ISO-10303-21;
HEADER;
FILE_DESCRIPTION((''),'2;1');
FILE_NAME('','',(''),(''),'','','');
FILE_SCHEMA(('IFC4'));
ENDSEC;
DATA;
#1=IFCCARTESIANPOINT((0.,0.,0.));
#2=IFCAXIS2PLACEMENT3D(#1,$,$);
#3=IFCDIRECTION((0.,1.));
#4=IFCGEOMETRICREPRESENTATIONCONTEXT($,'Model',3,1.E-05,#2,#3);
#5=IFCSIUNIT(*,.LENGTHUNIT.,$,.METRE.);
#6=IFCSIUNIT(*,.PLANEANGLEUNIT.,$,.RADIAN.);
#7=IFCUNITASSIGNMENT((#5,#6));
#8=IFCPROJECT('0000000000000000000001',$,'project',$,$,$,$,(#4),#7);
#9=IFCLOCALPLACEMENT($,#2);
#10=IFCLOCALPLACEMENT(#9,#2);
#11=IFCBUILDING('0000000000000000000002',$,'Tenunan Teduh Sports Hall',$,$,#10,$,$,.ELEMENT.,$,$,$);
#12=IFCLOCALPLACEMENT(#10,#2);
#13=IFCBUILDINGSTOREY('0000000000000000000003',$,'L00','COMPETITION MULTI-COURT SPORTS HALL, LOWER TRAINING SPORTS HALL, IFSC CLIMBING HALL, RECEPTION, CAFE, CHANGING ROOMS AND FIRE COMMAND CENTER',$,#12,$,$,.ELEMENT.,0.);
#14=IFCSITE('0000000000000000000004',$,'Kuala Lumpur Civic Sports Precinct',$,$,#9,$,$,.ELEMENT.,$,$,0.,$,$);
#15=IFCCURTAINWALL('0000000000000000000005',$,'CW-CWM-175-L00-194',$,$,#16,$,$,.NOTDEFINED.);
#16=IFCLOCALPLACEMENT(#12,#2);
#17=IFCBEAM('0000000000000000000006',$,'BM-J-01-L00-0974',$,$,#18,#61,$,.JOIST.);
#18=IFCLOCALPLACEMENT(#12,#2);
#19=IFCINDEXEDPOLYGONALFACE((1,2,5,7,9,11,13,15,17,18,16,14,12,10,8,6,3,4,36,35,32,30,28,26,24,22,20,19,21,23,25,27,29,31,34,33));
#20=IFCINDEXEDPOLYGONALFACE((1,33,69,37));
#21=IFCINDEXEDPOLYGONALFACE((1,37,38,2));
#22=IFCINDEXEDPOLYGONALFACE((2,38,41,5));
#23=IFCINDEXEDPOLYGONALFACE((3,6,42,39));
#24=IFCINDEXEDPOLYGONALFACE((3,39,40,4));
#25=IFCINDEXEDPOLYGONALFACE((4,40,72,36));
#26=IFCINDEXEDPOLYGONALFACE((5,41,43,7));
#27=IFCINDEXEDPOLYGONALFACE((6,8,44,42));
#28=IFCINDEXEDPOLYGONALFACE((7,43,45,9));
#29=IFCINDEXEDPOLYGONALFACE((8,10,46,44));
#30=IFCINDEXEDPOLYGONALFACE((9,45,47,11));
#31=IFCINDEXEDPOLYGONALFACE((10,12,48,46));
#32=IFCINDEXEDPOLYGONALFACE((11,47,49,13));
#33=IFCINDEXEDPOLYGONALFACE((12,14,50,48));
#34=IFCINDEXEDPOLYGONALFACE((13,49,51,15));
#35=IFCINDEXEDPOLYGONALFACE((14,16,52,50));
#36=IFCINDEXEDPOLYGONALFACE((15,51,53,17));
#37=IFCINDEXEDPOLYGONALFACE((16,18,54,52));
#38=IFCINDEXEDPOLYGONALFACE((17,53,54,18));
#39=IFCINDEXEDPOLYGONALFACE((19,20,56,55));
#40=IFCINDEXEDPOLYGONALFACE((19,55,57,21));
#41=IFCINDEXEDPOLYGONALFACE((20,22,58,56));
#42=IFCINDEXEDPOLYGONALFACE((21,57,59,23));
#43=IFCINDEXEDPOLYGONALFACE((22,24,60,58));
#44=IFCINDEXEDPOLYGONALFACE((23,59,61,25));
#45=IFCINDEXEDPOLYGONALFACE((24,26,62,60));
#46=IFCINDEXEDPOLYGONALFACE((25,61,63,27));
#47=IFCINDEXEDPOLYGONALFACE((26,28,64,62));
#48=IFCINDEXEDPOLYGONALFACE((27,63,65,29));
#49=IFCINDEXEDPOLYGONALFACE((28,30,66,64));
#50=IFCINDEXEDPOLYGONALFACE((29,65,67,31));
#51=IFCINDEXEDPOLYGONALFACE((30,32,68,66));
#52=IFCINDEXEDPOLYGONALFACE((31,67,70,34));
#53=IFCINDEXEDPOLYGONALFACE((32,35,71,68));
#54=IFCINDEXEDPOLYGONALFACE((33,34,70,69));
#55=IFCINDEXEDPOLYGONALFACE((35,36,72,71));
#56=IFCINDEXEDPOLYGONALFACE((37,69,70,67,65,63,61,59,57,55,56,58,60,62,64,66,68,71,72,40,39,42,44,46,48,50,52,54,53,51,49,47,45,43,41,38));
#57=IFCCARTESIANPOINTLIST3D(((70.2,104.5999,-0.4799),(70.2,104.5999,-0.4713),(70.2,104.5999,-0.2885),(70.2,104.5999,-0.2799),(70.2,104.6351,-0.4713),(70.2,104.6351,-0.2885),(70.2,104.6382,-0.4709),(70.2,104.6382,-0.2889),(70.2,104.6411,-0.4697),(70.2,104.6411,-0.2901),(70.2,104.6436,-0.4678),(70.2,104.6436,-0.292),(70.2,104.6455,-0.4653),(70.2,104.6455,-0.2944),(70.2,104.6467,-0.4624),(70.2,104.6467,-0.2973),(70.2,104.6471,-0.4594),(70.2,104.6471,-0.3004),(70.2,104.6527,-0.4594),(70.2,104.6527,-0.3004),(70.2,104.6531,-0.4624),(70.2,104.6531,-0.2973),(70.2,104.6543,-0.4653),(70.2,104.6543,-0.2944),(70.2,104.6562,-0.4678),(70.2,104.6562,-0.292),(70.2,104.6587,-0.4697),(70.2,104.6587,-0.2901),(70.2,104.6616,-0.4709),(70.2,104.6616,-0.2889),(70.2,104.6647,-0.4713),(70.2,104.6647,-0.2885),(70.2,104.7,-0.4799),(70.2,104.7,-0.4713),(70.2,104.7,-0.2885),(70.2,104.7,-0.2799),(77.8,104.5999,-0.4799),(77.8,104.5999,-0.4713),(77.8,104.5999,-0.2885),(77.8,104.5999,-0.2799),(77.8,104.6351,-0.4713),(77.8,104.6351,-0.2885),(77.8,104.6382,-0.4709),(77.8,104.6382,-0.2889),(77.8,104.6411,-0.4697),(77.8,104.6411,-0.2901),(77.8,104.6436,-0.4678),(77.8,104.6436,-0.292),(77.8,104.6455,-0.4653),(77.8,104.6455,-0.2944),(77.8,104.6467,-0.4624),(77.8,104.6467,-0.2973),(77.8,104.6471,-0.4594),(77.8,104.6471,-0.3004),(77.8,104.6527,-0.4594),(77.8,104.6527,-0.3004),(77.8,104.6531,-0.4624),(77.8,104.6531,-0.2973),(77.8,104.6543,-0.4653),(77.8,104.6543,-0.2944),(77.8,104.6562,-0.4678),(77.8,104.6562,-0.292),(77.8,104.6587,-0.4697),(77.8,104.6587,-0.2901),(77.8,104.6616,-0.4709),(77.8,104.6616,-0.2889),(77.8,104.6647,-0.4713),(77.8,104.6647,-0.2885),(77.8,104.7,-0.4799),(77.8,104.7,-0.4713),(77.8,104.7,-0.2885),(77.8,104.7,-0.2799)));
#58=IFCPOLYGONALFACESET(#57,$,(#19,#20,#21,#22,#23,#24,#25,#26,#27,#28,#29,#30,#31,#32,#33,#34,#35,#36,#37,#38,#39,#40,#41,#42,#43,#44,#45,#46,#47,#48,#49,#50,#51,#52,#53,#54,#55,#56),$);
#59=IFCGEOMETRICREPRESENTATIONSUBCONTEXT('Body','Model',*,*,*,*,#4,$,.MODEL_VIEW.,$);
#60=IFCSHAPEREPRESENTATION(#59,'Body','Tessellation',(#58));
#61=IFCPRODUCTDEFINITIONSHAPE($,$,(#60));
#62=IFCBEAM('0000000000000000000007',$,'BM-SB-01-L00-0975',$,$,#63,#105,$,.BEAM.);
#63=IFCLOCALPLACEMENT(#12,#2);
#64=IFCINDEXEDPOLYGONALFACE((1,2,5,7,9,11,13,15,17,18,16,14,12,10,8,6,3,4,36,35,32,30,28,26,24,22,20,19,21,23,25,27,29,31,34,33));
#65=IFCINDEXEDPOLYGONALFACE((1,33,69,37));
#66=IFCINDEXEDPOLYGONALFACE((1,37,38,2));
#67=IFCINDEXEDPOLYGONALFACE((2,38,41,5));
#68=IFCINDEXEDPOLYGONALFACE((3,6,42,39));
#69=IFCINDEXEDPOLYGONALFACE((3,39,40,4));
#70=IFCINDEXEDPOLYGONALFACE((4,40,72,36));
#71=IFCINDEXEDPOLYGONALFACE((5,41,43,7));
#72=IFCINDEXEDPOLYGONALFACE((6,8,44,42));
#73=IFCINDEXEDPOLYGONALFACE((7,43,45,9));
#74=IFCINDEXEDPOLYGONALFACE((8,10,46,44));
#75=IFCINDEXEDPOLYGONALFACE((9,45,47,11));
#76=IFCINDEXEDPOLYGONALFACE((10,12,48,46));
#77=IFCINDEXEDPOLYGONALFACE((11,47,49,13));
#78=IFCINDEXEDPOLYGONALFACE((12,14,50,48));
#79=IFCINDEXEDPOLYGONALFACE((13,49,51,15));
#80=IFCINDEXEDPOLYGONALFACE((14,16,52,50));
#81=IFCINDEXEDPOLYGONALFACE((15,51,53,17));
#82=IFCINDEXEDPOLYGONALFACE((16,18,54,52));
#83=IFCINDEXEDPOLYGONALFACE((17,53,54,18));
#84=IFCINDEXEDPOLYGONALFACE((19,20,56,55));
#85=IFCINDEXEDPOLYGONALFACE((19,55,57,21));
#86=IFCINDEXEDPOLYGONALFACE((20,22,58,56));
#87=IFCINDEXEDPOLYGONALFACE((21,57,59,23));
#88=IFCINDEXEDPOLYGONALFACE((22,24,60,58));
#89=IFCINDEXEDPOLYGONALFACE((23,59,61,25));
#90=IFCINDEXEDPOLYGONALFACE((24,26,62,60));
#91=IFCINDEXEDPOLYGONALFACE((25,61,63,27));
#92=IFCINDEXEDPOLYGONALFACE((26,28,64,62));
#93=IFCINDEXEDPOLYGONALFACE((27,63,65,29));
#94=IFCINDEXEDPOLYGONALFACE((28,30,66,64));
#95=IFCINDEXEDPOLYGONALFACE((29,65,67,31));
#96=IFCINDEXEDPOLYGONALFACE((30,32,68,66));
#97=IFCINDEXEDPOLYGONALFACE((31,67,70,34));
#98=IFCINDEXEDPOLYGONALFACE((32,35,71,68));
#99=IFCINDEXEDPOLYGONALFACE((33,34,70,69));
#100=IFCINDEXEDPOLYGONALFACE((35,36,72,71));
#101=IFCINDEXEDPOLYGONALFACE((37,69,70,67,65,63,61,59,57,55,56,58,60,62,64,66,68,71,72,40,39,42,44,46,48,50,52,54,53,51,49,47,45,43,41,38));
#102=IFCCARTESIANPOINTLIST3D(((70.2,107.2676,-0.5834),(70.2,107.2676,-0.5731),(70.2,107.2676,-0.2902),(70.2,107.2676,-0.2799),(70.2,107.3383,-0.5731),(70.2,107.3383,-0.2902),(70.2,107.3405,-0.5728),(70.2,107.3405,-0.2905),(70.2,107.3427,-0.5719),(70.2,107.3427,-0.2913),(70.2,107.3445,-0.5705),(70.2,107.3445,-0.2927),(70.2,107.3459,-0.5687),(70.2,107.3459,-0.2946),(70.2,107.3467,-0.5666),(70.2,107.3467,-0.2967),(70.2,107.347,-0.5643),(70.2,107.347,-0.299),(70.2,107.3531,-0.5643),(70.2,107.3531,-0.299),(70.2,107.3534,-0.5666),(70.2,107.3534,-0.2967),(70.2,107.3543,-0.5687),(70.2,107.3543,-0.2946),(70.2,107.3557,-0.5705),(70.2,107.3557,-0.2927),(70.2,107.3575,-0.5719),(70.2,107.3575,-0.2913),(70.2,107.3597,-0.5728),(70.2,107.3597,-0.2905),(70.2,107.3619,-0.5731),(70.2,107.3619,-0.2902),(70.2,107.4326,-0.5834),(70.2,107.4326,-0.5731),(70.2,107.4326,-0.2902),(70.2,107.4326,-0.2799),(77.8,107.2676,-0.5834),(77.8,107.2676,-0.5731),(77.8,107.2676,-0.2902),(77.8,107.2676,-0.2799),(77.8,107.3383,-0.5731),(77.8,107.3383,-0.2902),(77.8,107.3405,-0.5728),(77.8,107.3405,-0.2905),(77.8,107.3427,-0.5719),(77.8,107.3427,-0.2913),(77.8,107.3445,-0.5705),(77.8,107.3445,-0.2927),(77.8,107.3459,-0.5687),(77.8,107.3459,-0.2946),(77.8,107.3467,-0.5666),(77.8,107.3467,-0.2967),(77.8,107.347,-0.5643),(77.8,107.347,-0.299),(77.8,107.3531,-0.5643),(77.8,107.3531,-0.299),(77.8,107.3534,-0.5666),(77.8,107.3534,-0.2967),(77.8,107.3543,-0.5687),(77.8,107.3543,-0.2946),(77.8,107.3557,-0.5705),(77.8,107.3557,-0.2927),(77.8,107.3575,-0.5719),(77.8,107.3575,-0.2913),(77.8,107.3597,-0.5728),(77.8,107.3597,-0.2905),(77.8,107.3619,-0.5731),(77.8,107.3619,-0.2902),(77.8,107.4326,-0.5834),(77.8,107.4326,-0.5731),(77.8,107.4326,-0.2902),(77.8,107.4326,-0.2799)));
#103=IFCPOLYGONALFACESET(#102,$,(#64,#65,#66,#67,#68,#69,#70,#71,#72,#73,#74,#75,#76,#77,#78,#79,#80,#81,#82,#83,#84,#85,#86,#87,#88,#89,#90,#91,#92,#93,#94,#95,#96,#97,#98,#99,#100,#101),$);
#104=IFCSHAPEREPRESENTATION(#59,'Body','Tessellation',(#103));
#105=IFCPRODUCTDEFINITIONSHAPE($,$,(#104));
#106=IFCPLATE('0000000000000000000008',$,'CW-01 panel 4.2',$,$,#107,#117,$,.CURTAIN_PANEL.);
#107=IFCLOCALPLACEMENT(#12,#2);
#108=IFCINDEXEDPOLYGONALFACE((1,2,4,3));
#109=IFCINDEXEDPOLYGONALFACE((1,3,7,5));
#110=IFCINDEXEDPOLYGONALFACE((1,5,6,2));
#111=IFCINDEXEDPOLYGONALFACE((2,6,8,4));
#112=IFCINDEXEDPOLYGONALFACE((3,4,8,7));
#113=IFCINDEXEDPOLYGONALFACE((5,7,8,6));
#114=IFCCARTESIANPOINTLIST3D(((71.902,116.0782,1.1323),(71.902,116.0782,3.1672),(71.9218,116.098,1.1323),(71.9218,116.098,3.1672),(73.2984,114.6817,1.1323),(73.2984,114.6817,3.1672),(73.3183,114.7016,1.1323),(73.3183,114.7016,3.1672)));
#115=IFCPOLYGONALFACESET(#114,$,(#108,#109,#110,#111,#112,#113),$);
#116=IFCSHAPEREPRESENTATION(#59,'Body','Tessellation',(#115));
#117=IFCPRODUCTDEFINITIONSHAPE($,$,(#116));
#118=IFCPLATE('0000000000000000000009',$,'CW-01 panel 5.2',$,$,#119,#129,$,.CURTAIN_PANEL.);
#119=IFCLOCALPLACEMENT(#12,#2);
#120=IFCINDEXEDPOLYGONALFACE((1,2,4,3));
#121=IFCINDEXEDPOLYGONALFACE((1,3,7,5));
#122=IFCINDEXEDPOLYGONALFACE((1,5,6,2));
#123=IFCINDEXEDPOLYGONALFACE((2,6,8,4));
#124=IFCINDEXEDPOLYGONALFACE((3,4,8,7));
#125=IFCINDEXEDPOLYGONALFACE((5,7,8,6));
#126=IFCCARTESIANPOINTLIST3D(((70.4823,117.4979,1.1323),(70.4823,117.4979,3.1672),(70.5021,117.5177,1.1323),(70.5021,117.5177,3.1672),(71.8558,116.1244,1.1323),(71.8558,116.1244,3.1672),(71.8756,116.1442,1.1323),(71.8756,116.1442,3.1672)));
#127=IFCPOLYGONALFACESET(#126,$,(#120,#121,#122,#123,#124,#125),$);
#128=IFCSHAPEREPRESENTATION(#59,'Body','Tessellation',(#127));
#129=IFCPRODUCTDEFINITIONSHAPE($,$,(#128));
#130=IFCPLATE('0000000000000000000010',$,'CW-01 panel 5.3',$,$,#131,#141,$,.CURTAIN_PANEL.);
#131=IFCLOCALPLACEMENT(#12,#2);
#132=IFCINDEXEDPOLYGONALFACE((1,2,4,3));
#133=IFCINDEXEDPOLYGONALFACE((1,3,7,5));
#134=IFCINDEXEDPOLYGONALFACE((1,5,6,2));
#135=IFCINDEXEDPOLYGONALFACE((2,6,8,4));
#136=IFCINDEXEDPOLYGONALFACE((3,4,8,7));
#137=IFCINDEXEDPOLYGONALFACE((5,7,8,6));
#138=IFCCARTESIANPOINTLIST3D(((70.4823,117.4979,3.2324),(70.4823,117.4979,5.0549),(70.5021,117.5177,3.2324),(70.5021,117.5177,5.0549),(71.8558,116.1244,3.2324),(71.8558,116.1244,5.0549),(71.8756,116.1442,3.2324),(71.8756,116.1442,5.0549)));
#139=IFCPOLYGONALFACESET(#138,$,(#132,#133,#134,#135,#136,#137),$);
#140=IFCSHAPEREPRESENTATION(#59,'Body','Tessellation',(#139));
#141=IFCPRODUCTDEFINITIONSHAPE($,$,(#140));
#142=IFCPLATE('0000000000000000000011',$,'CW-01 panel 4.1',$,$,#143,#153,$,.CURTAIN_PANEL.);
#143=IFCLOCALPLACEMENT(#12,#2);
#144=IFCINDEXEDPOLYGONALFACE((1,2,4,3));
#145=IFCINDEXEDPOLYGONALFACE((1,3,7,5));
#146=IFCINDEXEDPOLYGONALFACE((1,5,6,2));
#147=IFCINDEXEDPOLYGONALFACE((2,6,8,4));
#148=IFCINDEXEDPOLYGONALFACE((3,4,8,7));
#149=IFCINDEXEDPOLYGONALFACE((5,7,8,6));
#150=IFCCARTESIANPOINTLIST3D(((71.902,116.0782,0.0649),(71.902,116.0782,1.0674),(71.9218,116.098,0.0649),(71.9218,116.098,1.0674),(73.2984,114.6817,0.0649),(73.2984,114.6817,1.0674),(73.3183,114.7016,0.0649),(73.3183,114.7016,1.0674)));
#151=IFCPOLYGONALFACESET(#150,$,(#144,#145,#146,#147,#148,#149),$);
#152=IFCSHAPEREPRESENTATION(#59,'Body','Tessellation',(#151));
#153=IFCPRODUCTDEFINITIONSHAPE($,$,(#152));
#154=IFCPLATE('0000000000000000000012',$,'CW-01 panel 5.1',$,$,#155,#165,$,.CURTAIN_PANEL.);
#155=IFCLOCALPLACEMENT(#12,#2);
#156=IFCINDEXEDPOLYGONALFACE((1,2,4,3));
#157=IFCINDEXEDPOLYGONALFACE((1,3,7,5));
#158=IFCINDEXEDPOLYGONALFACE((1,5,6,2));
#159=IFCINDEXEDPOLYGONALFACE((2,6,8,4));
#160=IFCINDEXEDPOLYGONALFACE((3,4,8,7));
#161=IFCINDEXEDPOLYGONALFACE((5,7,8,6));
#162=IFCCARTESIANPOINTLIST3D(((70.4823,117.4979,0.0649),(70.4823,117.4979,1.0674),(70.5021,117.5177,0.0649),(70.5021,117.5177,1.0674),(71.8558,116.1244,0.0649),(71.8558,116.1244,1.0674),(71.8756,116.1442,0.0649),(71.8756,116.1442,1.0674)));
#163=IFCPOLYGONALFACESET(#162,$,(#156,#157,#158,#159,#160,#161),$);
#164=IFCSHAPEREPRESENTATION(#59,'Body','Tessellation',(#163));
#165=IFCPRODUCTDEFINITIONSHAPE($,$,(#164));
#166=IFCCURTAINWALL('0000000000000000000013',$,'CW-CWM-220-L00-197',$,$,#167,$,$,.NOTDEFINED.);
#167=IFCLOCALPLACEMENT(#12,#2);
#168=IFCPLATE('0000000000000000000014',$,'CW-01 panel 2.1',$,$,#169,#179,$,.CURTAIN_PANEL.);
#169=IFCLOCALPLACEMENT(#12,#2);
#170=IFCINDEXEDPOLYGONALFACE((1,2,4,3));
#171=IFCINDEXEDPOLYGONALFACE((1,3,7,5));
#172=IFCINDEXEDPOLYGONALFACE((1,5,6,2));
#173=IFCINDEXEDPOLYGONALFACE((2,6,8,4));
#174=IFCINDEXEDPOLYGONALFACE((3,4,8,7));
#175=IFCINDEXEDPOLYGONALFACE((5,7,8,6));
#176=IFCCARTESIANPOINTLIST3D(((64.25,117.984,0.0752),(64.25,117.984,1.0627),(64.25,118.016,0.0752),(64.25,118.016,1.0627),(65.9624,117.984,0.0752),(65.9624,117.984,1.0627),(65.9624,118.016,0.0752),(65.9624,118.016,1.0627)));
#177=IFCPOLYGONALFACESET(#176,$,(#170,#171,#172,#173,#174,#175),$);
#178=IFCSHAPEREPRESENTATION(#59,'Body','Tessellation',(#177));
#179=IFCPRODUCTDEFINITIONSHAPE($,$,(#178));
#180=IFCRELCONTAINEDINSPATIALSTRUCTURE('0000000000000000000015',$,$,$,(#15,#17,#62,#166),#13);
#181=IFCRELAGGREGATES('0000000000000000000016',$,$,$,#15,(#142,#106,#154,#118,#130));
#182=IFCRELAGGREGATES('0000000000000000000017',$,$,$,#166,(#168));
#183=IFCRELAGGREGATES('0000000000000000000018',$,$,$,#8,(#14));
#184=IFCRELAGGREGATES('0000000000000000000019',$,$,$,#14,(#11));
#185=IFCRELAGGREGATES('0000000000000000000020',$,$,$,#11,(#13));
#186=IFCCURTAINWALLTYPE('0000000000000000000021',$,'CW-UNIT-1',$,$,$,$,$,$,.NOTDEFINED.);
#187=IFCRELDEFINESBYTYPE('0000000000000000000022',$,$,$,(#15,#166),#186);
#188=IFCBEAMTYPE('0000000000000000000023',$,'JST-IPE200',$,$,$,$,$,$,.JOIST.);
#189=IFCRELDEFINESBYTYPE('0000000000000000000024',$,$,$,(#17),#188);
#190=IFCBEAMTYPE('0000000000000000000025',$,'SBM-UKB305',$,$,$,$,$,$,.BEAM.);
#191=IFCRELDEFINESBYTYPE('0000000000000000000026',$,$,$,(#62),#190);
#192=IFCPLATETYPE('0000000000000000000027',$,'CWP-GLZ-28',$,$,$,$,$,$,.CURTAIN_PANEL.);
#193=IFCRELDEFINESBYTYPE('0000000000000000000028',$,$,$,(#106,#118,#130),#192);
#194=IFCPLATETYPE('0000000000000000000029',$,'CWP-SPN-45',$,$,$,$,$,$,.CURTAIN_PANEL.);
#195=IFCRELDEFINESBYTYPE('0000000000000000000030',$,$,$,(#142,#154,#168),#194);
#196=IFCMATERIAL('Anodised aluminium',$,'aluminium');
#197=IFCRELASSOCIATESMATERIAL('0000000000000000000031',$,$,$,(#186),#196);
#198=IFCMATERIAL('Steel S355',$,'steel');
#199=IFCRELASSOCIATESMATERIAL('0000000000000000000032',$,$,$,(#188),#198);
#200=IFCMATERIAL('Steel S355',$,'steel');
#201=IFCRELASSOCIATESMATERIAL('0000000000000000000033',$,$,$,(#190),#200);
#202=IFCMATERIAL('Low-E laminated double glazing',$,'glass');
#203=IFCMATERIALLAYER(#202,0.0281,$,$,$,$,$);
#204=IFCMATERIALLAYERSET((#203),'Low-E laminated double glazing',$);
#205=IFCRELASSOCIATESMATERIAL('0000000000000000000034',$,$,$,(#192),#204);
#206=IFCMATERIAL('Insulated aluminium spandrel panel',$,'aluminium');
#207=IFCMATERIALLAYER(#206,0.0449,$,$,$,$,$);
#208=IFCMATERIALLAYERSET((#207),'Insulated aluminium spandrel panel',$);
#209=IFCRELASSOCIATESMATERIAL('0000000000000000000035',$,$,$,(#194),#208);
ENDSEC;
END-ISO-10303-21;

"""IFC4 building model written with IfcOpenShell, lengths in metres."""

from ifc_helpers import new_model, si_unit, direction, frame, origin, origin_2d, place, context, subcontext, project, spatial, rectangle, i_section, extrude, material, layer, layer_set, material_profile, profile_set, type_object, element, aggregate, save


model = new_model("IFC4")

# Units and contexts
model_context = context("Model", 3, precision=1e-05, world=origin(), true_north=direction((0.0, 1.0)))
body_context = subcontext(model_context, "Body", "Model", "MODEL_VIEW")
ifc_project = project(units=[si_unit("LENGTHUNIT", "METRE"), si_unit("PLANEANGLEUNIT", "RADIAN")], contexts=[model_context])

# Site, building, storey
site_placement = place(None, origin())
site = spatial("IfcSite", under=ifc_project, at=site_placement, Name="Kuala Lumpur Civic Sports Precinct", CompositionType="ELEMENT", RefElevation=0.0)
building_placement = place(site_placement, origin())
building = spatial("IfcBuilding", under=site, at=building_placement, Name="Tenunan Teduh Sports Hall", CompositionType="ELEMENT")
storey_placement = place(building_placement, origin())
storey = spatial("IfcBuildingStorey", under=building, at=storey_placement, Name="L00", Description="COMPETITION MULTI-COURT SPORTS HALL, LOWER TRAINING SPORTS HALL, IFSC CLIMBING HALL, RECEPTION, CAFE, CHANGING ROOMS AND FIRE COMMAND CENTER", CompositionType="ELEMENT", Elevation=0.0)

# Curtain wall
ifc_material_1 = material(Name="Anodised aluminium", Category="aluminium")
curtain_wall_type = type_object("IfcCurtainWallType", Name="CW-UNIT-1", PredefinedType="NOTDEFINED", material=ifc_material_1)
curtain_wall_1_placement = place(storey_placement, origin())
curtain_wall_1 = element("IfcCurtainWall", 1, at=curtain_wall_1_placement, inside=storey, type_object=curtain_wall_type, Name="CW-CWM-175-L00-194", PredefinedType="NOTDEFINED")

# Beams
ifc_material_2 = material(Name="Steel S355", Category="steel")
ifc_material_profile_1 = material_profile(ifc_material_2, i_section(OverallWidth=0.1001, OverallDepth=0.2, WebThickness=0.0056, FlangeThickness=0.0085, FilletRadius=0.012, at=origin_2d()), Name="IPE 200")
ifc_profile_set_1 = profile_set([ifc_material_profile_1], Name="Steel S355")
beam_type_1 = type_object("IfcBeamType", Name="JST-IPE200", PredefinedType="JOIST", material=ifc_profile_set_1)
beam_1_placement = place(storey_placement, frame((70.2, 104.6499, -0.3799), z_axis=(1.0, 0.0, 0.0), x_axis=(0.0, 1.0, 0.0)))
element("IfcBeam", 2, at=beam_1_placement, inside=storey, type_object=beam_type_1, Name="BM-J-01-L00-0974", PredefinedType="JOIST", context=body_context, shape_type="SweptSolid", body=[
    extrude(i_section(OverallWidth=0.1001, OverallDepth=0.2, WebThickness=0.0056, FlangeThickness=0.0085, FilletRadius=0.012, at=origin_2d()), origin(), (0.0, 0.0, 1.0), 7.6001),
])
ifc_material_3 = material(Name="Steel S355", Category="steel")
ifc_material_profile_2 = material_profile(ifc_material_3, i_section(OverallWidth=0.165, OverallDepth=0.3035, WebThickness=0.0061, FlangeThickness=0.0103, FilletRadius=0.0088, at=origin_2d()), Name="UKB 305x165x40")
ifc_profile_set_2 = profile_set([ifc_material_profile_2], Name="Steel S355")
beam_type_2 = type_object("IfcBeamType", Name="SBM-UKB305", PredefinedType="BEAM", material=ifc_profile_set_2)
beam_2_placement = place(storey_placement, frame((70.2, 107.3501, -0.4316), z_axis=(1.0, 0.0, 0.0), x_axis=(0.0, 1.0, 0.0)))
element("IfcBeam", 3, at=beam_2_placement, inside=storey, type_object=beam_type_2, Name="BM-SB-01-L00-0975", PredefinedType="BEAM", context=body_context, shape_type="SweptSolid", body=[
    extrude(i_section(OverallWidth=0.165, OverallDepth=0.3035, WebThickness=0.0061, FlangeThickness=0.0103, FilletRadius=0.0088, at=origin_2d()), origin(), (0.0, 0.0, 1.0), 7.6001),
])

# Plates
ifc_material_4 = material(Name="Low-E laminated double glazing", Category="glass")
ifc_layer_1 = layer(ifc_material_4, 0.0281)
ifc_layer_set_1 = layer_set([ifc_layer_1], Name="Low-E laminated double glazing")
plate_type_1 = type_object("IfcPlateType", Name="CWP-GLZ-28", PredefinedType="CURTAIN_PANEL", material=ifc_layer_set_1)
plate_1_placement = place(storey_placement, frame((72.6101, 115.3899, 1.1323), z_axis=(0.0, 0.0, 1.0), x_axis=(-0.707107, 0.707107, 0.0)))
plate_1 = element("IfcPlate", 4, at=plate_1_placement, type_object=plate_type_1, Name="CW-01 panel 4.2", PredefinedType="CURTAIN_PANEL", context=body_context, shape_type="SweptSolid", body=[
    extrude(rectangle(XDim=1.9749, YDim=0.0281, at=origin_2d()), origin(), (0.0, 0.0, 1.0), 2.0349),
])
plate_2_placement = place(storey_placement, frame((71.179, 116.821, 1.1323), z_axis=(0.0, 0.0, 1.0), x_axis=(-0.707107, 0.707107, 0.0)))
plate_2 = element("IfcPlate", 5, at=plate_2_placement, type_object=plate_type_1, Name="CW-01 panel 5.2", PredefinedType="CURTAIN_PANEL", context=body_context, shape_type="SweptSolid", body=[
    extrude(rectangle(XDim=1.9424, YDim=0.0281, at=origin_2d()), origin(), (0.0, 0.0, 1.0), 2.0349),
])
plate_3_placement = place(storey_placement, frame((71.179, 116.821, 3.2324), z_axis=(0.0, 0.0, 1.0), x_axis=(-0.707107, 0.707107, 0.0)))
plate_3 = element("IfcPlate", 6, at=plate_3_placement, type_object=plate_type_1, Name="CW-01 panel 5.3", PredefinedType="CURTAIN_PANEL", context=body_context, shape_type="SweptSolid", body=[
    extrude(rectangle(XDim=1.9424, YDim=0.0281, at=origin_2d()), origin(), (0.0, 0.0, 1.0), 1.8225),
])
ifc_material_5 = material(Name="Insulated aluminium spandrel panel", Category="aluminium")
ifc_layer_2 = layer(ifc_material_5, 0.0449)
ifc_layer_set_2 = layer_set([ifc_layer_2], Name="Insulated aluminium spandrel panel")
plate_type_2 = type_object("IfcPlateType", Name="CWP-SPN-45", PredefinedType="CURTAIN_PANEL", material=ifc_layer_set_2)
plate_4_placement = place(storey_placement, frame((72.6101, 115.3899, 0.0649), z_axis=(0.0, 0.0, 1.0), x_axis=(-0.707107, 0.707107, 0.0)))
plate_4 = element("IfcPlate", 7, at=plate_4_placement, type_object=plate_type_2, Name="CW-01 panel 4.1", PredefinedType="CURTAIN_PANEL", context=body_context, shape_type="SweptSolid", body=[
    extrude(rectangle(XDim=1.9749, YDim=0.0281, at=origin_2d()), origin(), (0.0, 0.0, 1.0), 1.0024),
])
plate_5_placement = place(storey_placement, frame((71.179, 116.821, 0.0649), z_axis=(0.0, 0.0, 1.0), x_axis=(-0.707107, 0.707107, 0.0)))
plate_5 = element("IfcPlate", 8, at=plate_5_placement, type_object=plate_type_2, Name="CW-01 panel 5.1", PredefinedType="CURTAIN_PANEL", context=body_context, shape_type="SweptSolid", body=[
    extrude(rectangle(XDim=1.9424, YDim=0.0281, at=origin_2d()), origin(), (0.0, 0.0, 1.0), 1.0024),
])
aggregate(curtain_wall_1, [plate_4, plate_1, plate_5, plate_2, plate_3])

# Curtain wall, plate
curtain_wall_2_placement = place(storey_placement, origin())
curtain_wall_2 = element("IfcCurtainWall", 9, at=curtain_wall_2_placement, inside=storey, type_object=curtain_wall_type, Name="CW-CWM-220-L00-197", PredefinedType="NOTDEFINED")
plate_6_placement = place(storey_placement, frame((65.1062, 118.0, 0.0752), z_axis=(0.0, 0.0, 1.0), x_axis=(1.0, 0.0, 0.0)))
plate_6 = element("IfcPlate", 10, at=plate_6_placement, type_object=plate_type_2, Name="CW-01 panel 2.1", PredefinedType="CURTAIN_PANEL", context=body_context, shape_type="SweptSolid", body=[
    extrude(rectangle(XDim=1.7124, YDim=0.032, at=origin_2d()), origin(), (0.0, 0.0, 1.0), 0.9875),
])
aggregate(curtain_wall_2, [plate_6])

save(model, "model.ifc")
